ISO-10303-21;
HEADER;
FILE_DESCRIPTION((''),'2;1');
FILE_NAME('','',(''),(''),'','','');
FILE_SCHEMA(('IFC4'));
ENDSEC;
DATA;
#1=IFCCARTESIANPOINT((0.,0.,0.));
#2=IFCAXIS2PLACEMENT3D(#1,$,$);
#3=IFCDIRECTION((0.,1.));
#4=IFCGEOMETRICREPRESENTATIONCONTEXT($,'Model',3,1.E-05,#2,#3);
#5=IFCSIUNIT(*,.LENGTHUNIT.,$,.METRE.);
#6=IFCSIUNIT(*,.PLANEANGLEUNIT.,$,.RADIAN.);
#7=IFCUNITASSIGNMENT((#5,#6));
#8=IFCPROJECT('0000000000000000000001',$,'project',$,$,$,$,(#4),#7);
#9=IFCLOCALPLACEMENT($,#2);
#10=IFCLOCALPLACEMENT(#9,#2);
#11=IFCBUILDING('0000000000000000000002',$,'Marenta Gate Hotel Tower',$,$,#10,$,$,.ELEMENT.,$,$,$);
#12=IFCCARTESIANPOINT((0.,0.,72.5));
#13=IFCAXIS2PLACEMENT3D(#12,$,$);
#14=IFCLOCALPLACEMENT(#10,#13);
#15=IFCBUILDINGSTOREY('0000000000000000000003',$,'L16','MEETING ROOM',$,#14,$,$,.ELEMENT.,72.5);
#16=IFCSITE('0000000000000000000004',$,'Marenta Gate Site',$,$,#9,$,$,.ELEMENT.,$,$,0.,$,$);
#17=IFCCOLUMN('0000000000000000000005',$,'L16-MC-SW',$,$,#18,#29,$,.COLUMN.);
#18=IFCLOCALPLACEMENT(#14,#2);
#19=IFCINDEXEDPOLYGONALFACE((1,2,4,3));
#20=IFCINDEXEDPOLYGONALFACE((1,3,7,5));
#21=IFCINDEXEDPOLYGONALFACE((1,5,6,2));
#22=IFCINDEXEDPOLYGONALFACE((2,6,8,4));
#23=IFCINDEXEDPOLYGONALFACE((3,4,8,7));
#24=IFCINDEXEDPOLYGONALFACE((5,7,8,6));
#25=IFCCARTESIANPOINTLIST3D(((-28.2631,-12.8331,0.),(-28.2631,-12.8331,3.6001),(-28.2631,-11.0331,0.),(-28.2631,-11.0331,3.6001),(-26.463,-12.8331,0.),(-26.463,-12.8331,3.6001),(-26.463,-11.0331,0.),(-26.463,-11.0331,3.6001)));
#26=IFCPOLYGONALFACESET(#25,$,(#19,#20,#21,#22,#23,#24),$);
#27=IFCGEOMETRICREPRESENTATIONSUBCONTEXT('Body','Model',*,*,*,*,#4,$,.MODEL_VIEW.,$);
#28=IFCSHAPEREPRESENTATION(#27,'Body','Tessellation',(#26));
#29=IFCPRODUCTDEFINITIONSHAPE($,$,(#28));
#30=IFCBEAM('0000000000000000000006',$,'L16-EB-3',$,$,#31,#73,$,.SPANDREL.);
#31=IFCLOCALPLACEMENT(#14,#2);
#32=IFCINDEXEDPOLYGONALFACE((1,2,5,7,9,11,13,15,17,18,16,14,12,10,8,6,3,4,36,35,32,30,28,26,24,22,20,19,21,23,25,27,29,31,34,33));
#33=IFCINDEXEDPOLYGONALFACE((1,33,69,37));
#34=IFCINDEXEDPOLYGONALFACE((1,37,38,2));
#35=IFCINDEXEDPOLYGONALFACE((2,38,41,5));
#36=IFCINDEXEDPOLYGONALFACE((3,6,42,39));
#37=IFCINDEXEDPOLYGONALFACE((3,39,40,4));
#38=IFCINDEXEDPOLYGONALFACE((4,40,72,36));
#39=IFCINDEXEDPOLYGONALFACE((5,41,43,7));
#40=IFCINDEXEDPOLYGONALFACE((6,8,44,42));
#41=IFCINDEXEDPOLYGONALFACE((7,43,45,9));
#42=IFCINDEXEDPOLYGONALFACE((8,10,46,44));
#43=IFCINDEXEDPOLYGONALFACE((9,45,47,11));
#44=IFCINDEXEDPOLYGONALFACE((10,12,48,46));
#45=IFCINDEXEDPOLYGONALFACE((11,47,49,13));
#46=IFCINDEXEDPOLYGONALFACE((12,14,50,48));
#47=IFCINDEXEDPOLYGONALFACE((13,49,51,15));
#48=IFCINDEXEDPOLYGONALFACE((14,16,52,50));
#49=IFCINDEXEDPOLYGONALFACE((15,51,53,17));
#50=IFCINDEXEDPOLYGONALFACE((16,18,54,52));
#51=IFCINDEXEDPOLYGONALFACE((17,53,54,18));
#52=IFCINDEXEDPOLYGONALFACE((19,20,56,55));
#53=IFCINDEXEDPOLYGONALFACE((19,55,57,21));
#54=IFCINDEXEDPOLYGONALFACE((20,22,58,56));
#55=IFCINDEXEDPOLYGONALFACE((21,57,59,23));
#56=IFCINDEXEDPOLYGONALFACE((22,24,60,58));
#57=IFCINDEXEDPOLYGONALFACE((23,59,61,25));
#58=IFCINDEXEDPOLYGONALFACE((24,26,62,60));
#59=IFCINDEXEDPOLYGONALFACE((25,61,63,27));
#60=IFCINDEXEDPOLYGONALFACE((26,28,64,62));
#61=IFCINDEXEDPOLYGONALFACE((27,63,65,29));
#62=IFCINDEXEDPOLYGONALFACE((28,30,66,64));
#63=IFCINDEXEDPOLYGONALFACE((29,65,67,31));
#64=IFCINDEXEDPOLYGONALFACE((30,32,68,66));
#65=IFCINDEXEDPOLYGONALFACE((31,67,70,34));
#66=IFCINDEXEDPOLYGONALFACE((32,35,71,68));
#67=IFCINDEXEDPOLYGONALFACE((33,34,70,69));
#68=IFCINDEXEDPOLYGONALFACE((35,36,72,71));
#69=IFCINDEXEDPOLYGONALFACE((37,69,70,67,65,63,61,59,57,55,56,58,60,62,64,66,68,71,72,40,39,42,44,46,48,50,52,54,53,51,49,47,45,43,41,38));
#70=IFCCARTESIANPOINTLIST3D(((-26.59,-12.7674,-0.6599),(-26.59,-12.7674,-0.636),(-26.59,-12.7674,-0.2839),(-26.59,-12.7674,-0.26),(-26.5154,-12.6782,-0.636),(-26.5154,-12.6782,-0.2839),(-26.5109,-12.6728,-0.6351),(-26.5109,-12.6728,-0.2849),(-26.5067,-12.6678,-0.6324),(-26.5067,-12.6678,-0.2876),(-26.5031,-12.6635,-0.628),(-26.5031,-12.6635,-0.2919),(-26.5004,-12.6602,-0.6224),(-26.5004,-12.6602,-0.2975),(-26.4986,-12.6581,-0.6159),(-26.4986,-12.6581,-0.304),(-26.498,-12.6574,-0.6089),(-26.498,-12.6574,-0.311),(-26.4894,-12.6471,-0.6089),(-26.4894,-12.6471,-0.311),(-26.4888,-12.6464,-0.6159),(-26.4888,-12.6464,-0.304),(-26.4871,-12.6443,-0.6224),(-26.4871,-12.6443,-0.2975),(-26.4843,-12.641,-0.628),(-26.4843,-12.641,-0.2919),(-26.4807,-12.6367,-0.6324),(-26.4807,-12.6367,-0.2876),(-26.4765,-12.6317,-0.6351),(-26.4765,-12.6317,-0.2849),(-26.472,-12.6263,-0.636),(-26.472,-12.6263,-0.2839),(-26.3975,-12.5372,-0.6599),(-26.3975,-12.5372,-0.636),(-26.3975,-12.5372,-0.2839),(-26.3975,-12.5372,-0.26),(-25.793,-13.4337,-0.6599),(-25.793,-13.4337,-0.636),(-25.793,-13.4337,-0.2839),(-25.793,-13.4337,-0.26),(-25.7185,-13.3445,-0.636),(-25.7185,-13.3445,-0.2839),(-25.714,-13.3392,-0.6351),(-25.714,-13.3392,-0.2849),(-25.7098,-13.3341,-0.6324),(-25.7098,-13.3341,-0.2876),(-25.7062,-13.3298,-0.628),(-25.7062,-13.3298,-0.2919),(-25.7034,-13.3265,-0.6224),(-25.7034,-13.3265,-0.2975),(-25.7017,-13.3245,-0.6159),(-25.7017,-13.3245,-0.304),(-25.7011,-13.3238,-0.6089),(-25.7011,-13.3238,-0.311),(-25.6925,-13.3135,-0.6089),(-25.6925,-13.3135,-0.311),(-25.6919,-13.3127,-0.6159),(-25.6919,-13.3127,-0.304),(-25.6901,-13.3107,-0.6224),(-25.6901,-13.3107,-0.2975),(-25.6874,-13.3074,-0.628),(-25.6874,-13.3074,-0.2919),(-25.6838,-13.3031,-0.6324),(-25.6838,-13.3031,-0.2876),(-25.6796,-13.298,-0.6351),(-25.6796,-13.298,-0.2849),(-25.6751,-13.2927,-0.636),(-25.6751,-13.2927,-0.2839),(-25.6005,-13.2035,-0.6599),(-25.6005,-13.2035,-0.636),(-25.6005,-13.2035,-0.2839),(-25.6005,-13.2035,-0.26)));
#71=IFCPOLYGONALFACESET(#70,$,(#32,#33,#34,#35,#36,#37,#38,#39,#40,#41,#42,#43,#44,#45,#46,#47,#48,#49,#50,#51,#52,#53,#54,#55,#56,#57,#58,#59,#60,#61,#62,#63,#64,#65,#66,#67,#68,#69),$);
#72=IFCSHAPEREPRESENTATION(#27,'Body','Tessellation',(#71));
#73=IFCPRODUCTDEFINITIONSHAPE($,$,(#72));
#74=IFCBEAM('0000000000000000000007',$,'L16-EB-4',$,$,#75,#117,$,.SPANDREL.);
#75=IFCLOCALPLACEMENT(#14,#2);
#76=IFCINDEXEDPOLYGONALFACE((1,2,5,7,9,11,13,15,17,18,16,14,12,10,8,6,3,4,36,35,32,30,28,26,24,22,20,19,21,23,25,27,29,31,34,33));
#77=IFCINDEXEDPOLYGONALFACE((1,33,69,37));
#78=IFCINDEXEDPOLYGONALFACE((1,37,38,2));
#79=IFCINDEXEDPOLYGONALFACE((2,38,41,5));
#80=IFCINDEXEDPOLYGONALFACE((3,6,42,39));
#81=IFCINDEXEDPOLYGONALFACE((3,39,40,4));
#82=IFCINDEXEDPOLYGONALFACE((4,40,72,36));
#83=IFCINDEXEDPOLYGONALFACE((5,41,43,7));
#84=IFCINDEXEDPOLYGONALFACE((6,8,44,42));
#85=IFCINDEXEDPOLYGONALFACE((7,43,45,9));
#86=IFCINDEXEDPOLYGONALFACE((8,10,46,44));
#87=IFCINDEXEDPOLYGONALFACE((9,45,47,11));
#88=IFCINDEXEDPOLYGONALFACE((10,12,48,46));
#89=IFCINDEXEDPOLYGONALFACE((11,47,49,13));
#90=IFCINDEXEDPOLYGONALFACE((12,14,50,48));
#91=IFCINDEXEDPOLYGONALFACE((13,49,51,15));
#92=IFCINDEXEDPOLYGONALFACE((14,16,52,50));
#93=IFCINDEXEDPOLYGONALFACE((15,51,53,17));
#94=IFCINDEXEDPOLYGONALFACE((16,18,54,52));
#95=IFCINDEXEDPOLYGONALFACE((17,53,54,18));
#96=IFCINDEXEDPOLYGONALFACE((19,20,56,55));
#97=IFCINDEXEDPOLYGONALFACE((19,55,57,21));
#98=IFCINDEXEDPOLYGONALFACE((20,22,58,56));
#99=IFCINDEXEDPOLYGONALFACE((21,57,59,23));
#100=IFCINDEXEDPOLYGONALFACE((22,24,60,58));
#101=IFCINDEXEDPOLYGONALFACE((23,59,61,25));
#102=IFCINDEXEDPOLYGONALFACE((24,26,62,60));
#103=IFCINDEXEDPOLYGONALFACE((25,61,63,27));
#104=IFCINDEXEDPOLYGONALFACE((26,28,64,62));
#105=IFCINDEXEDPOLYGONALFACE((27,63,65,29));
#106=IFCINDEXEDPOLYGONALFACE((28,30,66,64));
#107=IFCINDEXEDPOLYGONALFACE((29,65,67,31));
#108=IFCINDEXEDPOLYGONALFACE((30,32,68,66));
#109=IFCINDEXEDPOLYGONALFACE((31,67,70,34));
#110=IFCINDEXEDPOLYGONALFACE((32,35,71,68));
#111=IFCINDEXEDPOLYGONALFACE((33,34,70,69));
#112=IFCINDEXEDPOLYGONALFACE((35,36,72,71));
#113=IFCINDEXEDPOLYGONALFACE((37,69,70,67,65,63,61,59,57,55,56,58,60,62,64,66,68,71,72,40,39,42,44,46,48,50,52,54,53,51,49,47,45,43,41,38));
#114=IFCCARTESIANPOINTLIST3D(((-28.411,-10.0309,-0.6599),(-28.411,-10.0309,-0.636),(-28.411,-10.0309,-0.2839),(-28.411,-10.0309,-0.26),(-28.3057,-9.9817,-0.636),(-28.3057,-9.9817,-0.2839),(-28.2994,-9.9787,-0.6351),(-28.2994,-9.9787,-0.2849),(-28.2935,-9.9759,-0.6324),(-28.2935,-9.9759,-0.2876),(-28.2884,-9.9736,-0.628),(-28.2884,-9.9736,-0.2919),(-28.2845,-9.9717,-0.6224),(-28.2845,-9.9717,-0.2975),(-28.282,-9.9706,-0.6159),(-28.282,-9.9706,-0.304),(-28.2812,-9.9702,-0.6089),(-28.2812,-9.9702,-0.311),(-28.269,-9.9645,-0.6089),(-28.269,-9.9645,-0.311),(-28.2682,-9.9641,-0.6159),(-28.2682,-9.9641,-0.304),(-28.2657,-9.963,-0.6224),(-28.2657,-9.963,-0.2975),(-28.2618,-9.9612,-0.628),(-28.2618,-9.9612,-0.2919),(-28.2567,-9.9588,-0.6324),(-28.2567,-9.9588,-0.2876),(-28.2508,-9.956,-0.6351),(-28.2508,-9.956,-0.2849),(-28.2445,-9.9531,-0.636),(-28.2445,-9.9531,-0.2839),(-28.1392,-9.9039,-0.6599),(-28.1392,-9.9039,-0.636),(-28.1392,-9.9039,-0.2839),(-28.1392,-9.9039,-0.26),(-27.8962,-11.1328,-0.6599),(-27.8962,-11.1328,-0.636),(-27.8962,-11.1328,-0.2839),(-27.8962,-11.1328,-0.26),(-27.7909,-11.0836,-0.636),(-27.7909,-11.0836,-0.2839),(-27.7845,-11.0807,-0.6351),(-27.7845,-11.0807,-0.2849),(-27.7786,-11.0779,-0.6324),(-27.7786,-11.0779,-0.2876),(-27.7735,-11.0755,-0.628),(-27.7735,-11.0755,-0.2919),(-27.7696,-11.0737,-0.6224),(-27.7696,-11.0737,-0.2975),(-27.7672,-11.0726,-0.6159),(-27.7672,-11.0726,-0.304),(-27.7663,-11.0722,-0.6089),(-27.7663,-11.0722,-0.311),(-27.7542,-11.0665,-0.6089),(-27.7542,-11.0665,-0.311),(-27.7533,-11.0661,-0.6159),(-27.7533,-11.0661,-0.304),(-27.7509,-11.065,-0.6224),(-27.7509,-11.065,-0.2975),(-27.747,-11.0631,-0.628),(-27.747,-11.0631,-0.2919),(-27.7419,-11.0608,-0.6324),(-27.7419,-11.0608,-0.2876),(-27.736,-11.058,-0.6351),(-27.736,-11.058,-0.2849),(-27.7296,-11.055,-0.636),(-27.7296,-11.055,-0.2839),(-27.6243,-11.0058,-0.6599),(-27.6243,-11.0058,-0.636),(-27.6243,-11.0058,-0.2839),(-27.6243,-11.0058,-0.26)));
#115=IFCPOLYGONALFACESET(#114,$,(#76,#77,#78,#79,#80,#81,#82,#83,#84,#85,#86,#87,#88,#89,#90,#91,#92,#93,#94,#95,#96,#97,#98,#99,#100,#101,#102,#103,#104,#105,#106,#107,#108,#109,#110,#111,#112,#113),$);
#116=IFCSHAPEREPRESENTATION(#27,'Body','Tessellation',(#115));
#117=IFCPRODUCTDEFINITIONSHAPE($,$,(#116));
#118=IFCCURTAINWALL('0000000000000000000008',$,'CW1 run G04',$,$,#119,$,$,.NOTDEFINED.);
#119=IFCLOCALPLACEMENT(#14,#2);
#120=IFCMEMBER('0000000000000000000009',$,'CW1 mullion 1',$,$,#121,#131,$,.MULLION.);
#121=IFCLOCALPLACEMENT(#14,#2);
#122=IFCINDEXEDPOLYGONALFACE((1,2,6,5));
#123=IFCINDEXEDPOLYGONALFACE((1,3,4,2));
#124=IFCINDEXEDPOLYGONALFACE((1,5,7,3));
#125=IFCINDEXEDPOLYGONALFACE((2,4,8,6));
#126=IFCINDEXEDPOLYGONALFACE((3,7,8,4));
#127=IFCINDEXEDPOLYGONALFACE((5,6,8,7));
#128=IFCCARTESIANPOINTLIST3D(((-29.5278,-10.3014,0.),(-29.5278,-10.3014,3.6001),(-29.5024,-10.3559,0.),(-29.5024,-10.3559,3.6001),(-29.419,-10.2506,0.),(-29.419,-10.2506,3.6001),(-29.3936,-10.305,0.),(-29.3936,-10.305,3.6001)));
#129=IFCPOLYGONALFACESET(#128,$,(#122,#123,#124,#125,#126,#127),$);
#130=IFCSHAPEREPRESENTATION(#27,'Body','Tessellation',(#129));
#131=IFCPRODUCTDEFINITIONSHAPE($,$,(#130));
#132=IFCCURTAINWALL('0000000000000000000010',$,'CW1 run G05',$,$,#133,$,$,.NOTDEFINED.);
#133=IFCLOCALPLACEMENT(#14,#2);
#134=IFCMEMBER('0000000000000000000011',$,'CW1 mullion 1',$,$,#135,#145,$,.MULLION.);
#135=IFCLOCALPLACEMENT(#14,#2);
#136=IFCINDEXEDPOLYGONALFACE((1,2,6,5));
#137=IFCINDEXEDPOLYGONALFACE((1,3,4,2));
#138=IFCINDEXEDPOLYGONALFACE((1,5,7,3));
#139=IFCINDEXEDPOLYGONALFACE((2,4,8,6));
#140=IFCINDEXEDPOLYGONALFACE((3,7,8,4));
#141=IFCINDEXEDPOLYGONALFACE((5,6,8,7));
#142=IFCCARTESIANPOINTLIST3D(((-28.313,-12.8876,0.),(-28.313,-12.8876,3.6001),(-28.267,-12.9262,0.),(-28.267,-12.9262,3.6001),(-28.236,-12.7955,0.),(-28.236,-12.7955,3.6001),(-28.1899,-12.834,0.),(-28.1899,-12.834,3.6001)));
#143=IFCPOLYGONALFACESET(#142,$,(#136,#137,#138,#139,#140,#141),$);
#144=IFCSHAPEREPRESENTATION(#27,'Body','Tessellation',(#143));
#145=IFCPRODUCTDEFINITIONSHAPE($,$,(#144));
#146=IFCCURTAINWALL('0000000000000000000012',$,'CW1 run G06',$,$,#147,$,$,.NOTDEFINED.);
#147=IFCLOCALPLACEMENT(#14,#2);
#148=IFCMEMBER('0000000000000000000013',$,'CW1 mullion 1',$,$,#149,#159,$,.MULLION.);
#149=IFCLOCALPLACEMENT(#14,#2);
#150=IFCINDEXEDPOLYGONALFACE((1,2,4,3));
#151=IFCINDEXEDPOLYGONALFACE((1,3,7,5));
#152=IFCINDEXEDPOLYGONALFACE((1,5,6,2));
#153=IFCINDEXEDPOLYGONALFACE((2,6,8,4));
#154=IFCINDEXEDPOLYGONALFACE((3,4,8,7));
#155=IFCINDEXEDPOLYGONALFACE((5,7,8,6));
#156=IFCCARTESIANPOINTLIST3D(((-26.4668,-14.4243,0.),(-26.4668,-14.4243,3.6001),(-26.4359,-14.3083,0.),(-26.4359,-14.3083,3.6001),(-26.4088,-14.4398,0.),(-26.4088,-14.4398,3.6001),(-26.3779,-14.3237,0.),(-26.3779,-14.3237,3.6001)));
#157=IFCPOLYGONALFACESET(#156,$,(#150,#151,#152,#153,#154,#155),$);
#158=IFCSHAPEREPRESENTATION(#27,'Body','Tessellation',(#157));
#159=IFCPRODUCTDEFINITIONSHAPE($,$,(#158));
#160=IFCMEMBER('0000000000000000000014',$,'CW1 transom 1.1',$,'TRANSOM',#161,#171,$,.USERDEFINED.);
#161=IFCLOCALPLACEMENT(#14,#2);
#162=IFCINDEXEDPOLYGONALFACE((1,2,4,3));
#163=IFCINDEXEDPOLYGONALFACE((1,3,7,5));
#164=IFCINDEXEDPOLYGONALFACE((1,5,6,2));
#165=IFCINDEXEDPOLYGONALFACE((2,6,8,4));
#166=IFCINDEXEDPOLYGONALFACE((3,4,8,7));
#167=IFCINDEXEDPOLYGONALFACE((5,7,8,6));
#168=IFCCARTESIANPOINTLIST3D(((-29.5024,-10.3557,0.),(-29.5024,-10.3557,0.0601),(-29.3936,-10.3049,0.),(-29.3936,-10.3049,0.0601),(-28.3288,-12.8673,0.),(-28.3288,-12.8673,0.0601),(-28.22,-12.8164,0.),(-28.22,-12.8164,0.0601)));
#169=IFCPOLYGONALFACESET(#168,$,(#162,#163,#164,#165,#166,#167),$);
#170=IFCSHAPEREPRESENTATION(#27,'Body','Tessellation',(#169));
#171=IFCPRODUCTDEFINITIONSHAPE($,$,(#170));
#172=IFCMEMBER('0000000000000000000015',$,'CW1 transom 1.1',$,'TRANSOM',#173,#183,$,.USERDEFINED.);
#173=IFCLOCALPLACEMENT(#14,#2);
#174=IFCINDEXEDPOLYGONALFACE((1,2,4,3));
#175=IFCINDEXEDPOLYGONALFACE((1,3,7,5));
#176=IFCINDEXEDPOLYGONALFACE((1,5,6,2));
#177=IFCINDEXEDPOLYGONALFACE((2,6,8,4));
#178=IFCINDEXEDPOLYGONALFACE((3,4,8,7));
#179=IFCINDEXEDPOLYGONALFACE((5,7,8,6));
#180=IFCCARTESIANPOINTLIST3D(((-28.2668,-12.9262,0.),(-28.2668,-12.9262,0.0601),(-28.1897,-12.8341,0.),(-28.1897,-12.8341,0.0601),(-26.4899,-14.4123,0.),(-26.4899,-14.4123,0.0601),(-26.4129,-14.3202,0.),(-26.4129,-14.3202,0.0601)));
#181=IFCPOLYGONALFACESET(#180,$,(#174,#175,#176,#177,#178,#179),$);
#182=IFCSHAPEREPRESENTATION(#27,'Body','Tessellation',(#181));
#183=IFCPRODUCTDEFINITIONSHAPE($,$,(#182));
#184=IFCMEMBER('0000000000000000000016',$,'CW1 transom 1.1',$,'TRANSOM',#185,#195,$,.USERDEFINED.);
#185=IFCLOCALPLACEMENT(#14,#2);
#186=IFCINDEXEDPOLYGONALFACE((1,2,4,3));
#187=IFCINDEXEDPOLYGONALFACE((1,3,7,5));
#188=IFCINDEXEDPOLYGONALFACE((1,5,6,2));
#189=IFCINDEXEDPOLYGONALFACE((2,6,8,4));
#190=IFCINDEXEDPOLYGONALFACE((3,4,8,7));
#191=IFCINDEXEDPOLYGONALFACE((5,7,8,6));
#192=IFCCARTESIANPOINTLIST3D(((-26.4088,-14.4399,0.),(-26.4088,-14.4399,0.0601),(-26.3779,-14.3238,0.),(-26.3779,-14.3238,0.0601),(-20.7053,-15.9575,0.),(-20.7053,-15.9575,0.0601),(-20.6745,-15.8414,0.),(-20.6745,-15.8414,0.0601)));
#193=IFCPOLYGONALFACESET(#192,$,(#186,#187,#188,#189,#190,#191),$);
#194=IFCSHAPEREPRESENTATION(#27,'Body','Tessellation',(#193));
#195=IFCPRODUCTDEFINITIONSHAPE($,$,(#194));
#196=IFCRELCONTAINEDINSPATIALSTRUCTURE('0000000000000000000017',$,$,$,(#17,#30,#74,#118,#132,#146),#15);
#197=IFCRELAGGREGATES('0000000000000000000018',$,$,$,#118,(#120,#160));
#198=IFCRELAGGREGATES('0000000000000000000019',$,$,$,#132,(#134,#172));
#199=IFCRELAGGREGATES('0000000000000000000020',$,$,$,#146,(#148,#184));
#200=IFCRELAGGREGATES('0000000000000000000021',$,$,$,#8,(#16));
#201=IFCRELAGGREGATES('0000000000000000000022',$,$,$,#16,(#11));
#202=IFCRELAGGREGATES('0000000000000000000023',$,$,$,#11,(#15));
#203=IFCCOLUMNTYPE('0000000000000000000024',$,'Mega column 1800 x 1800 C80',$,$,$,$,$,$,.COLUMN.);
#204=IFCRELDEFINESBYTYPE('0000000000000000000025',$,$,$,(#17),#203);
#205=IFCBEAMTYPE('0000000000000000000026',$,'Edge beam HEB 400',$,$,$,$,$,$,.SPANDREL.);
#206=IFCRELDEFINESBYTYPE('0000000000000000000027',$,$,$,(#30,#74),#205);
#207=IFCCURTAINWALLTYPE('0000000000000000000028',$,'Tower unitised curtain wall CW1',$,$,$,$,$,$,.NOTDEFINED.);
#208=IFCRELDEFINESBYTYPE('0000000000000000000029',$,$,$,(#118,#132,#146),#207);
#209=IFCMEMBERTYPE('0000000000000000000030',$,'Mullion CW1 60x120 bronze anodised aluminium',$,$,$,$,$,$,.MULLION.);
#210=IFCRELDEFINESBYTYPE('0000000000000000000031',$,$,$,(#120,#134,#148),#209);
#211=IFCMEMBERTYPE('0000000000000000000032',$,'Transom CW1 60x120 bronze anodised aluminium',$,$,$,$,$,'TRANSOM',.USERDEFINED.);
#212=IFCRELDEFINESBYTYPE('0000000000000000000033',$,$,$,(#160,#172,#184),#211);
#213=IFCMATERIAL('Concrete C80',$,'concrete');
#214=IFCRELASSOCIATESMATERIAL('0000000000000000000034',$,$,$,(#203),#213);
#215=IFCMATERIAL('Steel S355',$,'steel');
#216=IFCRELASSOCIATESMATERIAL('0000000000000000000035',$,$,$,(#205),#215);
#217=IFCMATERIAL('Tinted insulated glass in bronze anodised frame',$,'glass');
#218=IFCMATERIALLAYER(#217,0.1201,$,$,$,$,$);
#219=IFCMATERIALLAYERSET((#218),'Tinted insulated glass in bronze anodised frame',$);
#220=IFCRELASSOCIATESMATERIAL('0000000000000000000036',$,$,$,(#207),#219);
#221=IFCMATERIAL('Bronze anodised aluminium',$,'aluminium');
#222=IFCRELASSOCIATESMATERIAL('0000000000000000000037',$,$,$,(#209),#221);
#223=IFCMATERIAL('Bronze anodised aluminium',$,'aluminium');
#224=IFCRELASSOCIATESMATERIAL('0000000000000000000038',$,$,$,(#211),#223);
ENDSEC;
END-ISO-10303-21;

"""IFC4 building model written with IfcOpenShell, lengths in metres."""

from ifc_helpers import new_model, si_unit, direction, frame, origin, origin_2d, place, context, subcontext, project, spatial, rectangle, i_section, extrude, material, layer, layer_set, material_profile, profile_set, type_object, element, aggregate, save


model = new_model("IFC4")

# Units and contexts
model_context = context("Model", 3, precision=1e-05, world=origin(), true_north=direction((0.0, 1.0)))
body_context = subcontext(model_context, "Body", "Model", "MODEL_VIEW")
ifc_project = project(units=[si_unit("LENGTHUNIT", "METRE"), si_unit("PLANEANGLEUNIT", "RADIAN")], contexts=[model_context])

# Site, building, storey
site_placement = place(None, origin())
site = spatial("IfcSite", under=ifc_project, at=site_placement, Name="Marenta Gate Site", CompositionType="ELEMENT", RefElevation=0.0)
building_placement = place(site_placement, origin())
building = spatial("IfcBuilding", under=site, at=building_placement, Name="Marenta Gate Hotel Tower", CompositionType="ELEMENT")
storey_placement = place(building_placement, frame((0.0, 0.0, 72.5)))
storey = spatial("IfcBuildingStorey", under=building, at=storey_placement, Name="L16", Description="MEETING ROOM", CompositionType="ELEMENT", Elevation=72.5)

# Column
ifc_material_1 = material(Name="Concrete C80", Category="concrete")
ifc_material_profile_1 = material_profile(ifc_material_1, rectangle(XDim=1.8, YDim=1.8, at=origin_2d()), Name="1800 x 1800")
ifc_profile_set_1 = profile_set([ifc_material_profile_1], Name="Concrete C80")
column_type = type_object("IfcColumnType", Name="Mega column 1800 x 1800 C80", PredefinedType="COLUMN", material=ifc_profile_set_1)
column_placement = place(storey_placement, frame((-27.363, -11.9331, 0.0), z_axis=(0.0, 0.0, 1.0), x_axis=(1.0, 0.0, 0.0)))
element("IfcColumn", 1, at=column_placement, inside=storey, type_object=column_type, Name="L16-MC-SW", PredefinedType="COLUMN", context=body_context, shape_type="SweptSolid", body=[
    extrude(rectangle(XDim=1.8, YDim=1.8, at=origin_2d()), origin(), (0.0, 0.0, 1.0), 3.6001),
])

# Beams
ifc_material_2 = material(Name="Steel S355", Category="steel")
ifc_material_profile_2 = material_profile(ifc_material_2, i_section(OverallWidth=0.3, OverallDepth=0.3999, WebThickness=0.0134, FlangeThickness=0.0239, FilletRadius=0.0271, at=origin_2d()), Name="HEB 400")
ifc_profile_set_2 = profile_set([ifc_material_profile_2], Name="Steel S355")
beam_type = type_object("IfcBeamType", Name="Edge beam HEB 400", PredefinedType="SPANDREL", material=ifc_profile_set_2)
beam_1_placement = place(storey_placement, frame((-25.6968, -13.3186, -0.46), z_axis=(-0.76718, 0.641432, 0.0), x_axis=(-0.641432, -0.76718, 0.0)))
element("IfcBeam", 2, at=beam_1_placement, inside=storey, type_object=beam_type, Name="L16-EB-3", PredefinedType="SPANDREL", context=body_context, shape_type="SweptSolid", body=[
    extrude(i_section(OverallWidth=0.3, OverallDepth=0.3999, WebThickness=0.0134, FlangeThickness=0.0239, FilletRadius=0.0271, at=origin_2d()), origin(), (0.0, 0.0, 1.0), 1.0388),
])
beam_2_placement = place(storey_placement, frame((-27.7603, -11.0693, -0.46), z_axis=(-0.423292, 0.905993, 0.0), x_axis=(-0.905993, -0.423292, 0.0)))
element("IfcBeam", 3, at=beam_2_placement, inside=storey, type_object=beam_type, Name="L16-EB-4", PredefinedType="SPANDREL", context=body_context, shape_type="SweptSolid", body=[
    extrude(i_section(OverallWidth=0.3, OverallDepth=0.3999, WebThickness=0.0134, FlangeThickness=0.0239, FilletRadius=0.0271, at=origin_2d()), origin(), (0.0, 0.0, 1.0), 1.2163),
])

# Curtain walls, members
ifc_material_3 = material(Name="Tinted insulated glass in bronze anodised frame", Category="glass")
ifc_layer_1 = layer(ifc_material_3, 0.1201)
ifc_layer_set_1 = layer_set([ifc_layer_1], Name="Tinted insulated glass in bronze anodised frame")
curtain_wall_type = type_object("IfcCurtainWallType", Name="Tower unitised curtain wall CW1", PredefinedType="NOTDEFINED", material=ifc_layer_set_1)
curtain_wall_1_placement = place(storey_placement, origin())
curtain_wall_1 = element("IfcCurtainWall", 4, at=curtain_wall_1_placement, inside=storey, type_object=curtain_wall_type, Name="CW1 run G04", PredefinedType="NOTDEFINED")
ifc_material_4 = material(Name="Bronze anodised aluminium", Category="aluminium")
ifc_material_profile_3 = material_profile(ifc_material_4, rectangle(XDim=0.1201, YDim=0.0601, at=origin_2d()), Name="Mullion CW1 60x120 bronze anodised aluminium")
ifc_profile_set_3 = profile_set([ifc_material_profile_3], Name="Bronze anodised aluminium")
member_type_1 = type_object("IfcMemberType", Name="Mullion CW1 60x120 bronze anodised aluminium", PredefinedType="MULLION", material=ifc_profile_set_3)
member_1_placement = place(storey_placement, frame((-29.4607, -10.3032, 0.0), z_axis=(0.0, 0.0, 1.0), x_axis=(0.90597, 0.423342, 0.0)))
member_1 = element("IfcMember", 5, at=member_1_placement, type_object=member_type_1, Name="CW1 mullion 1", PredefinedType="MULLION", context=body_context, shape_type="SweptSolid", body=[
    extrude(rectangle(XDim=0.1201, YDim=0.0601, at=origin_2d()), origin(), (0.0, 0.0, 1.0), 3.6001),
])
curtain_wall_2_placement = place(storey_placement, origin())
curtain_wall_2 = element("IfcCurtainWall", 6, at=curtain_wall_2_placement, inside=storey, type_object=curtain_wall_type, Name="CW1 run G05", PredefinedType="NOTDEFINED")
member_2_placement = place(storey_placement, frame((-28.2515, -12.8608, 0.0), z_axis=(0.0, 0.0, 1.0), x_axis=(0.641512, 0.767113, 0.0)))
member_2 = element("IfcMember", 7, at=member_2_placement, type_object=member_type_1, Name="CW1 mullion 1", PredefinedType="MULLION", context=body_context, shape_type="SweptSolid", body=[
    extrude(rectangle(XDim=0.1201, YDim=0.0601, at=origin_2d()), origin(), (0.0, 0.0, 1.0), 3.6001),
])
curtain_wall_3_placement = place(storey_placement, origin())
curtain_wall_3 = element("IfcCurtainWall", 8, at=curtain_wall_3_placement, inside=storey, type_object=curtain_wall_type, Name="CW1 run G06", PredefinedType="NOTDEFINED")
member_3_placement = place(storey_placement, frame((-26.4224, -14.374, 0.0), z_axis=(0.0, 0.0, 1.0), x_axis=(0.257142, 0.966374, 0.0)))
member_3 = element("IfcMember", 9, at=member_3_placement, type_object=member_type_1, Name="CW1 mullion 1", PredefinedType="MULLION", context=body_context, shape_type="SweptSolid", body=[
    extrude(rectangle(XDim=0.1201, YDim=0.0601, at=origin_2d()), origin(), (0.0, 0.0, 1.0), 3.6001),
])

# Members
ifc_material_5 = material(Name="Bronze anodised aluminium", Category="aluminium")
ifc_material_profile_4 = material_profile(ifc_material_5, rectangle(XDim=0.1201, YDim=0.0601, at=origin_2d()), Name="Transom CW1 60x120 bronze anodised aluminium")
ifc_profile_set_4 = profile_set([ifc_material_profile_4], Name="Bronze anodised aluminium")
member_type_2 = type_object("IfcMemberType", Name="Transom CW1 60x120 bronze anodised aluminium", ElementType="TRANSOM", PredefinedType="USERDEFINED", material=ifc_profile_set_4)
member_4_placement = place(storey_placement, frame((-29.448, -10.3303, 0.03), z_axis=(0.423348, -0.905967, 0.0), x_axis=(0.905967, 0.423348, 0.0)))
member_4 = element("IfcMember", 10, at=member_4_placement, type_object=member_type_2, Name="CW1 transom 1.1", ObjectType="TRANSOM", PredefinedType="USERDEFINED", context=body_context, shape_type="SweptSolid", body=[
    extrude(rectangle(XDim=0.1201, YDim=0.0601, at=origin_2d()), origin(), (0.0, 0.0, 1.0), 2.7722),
])
member_5_placement = place(storey_placement, frame((-28.2283, -12.8801, 0.03), z_axis=(0.76708, -0.641552, 0.0), x_axis=(0.641552, 0.76708, 0.0)))
member_5 = element("IfcMember", 11, at=member_5_placement, type_object=member_type_2, Name="CW1 transom 1.1", ObjectType="TRANSOM", PredefinedType="USERDEFINED", context=body_context, shape_type="SweptSolid", body=[
    extrude(rectangle(XDim=0.1201, YDim=0.0601, at=origin_2d()), origin(), (0.0, 0.0, 1.0), 2.3164),
])
member_6_placement = place(storey_placement, frame((-26.3933, -14.3818, 0.03), z_axis=(0.966375, -0.257137, 0.0), x_axis=(0.257137, 0.966375, 0.0)))
member_6 = element("IfcMember", 12, at=member_6_placement, type_object=member_type_2, Name="CW1 transom 1.1", ObjectType="TRANSOM", PredefinedType="USERDEFINED", context=body_context, shape_type="SweptSolid", body=[
    extrude(rectangle(XDim=0.1201, YDim=0.0601, at=origin_2d()), origin(), (0.0, 0.0, 1.0), 5.9019),
])

aggregate(curtain_wall_1, [member_1, member_4])
aggregate(curtain_wall_2, [member_2, member_5])
aggregate(curtain_wall_3, [member_3, member_6])

save(model, "model.ifc")
